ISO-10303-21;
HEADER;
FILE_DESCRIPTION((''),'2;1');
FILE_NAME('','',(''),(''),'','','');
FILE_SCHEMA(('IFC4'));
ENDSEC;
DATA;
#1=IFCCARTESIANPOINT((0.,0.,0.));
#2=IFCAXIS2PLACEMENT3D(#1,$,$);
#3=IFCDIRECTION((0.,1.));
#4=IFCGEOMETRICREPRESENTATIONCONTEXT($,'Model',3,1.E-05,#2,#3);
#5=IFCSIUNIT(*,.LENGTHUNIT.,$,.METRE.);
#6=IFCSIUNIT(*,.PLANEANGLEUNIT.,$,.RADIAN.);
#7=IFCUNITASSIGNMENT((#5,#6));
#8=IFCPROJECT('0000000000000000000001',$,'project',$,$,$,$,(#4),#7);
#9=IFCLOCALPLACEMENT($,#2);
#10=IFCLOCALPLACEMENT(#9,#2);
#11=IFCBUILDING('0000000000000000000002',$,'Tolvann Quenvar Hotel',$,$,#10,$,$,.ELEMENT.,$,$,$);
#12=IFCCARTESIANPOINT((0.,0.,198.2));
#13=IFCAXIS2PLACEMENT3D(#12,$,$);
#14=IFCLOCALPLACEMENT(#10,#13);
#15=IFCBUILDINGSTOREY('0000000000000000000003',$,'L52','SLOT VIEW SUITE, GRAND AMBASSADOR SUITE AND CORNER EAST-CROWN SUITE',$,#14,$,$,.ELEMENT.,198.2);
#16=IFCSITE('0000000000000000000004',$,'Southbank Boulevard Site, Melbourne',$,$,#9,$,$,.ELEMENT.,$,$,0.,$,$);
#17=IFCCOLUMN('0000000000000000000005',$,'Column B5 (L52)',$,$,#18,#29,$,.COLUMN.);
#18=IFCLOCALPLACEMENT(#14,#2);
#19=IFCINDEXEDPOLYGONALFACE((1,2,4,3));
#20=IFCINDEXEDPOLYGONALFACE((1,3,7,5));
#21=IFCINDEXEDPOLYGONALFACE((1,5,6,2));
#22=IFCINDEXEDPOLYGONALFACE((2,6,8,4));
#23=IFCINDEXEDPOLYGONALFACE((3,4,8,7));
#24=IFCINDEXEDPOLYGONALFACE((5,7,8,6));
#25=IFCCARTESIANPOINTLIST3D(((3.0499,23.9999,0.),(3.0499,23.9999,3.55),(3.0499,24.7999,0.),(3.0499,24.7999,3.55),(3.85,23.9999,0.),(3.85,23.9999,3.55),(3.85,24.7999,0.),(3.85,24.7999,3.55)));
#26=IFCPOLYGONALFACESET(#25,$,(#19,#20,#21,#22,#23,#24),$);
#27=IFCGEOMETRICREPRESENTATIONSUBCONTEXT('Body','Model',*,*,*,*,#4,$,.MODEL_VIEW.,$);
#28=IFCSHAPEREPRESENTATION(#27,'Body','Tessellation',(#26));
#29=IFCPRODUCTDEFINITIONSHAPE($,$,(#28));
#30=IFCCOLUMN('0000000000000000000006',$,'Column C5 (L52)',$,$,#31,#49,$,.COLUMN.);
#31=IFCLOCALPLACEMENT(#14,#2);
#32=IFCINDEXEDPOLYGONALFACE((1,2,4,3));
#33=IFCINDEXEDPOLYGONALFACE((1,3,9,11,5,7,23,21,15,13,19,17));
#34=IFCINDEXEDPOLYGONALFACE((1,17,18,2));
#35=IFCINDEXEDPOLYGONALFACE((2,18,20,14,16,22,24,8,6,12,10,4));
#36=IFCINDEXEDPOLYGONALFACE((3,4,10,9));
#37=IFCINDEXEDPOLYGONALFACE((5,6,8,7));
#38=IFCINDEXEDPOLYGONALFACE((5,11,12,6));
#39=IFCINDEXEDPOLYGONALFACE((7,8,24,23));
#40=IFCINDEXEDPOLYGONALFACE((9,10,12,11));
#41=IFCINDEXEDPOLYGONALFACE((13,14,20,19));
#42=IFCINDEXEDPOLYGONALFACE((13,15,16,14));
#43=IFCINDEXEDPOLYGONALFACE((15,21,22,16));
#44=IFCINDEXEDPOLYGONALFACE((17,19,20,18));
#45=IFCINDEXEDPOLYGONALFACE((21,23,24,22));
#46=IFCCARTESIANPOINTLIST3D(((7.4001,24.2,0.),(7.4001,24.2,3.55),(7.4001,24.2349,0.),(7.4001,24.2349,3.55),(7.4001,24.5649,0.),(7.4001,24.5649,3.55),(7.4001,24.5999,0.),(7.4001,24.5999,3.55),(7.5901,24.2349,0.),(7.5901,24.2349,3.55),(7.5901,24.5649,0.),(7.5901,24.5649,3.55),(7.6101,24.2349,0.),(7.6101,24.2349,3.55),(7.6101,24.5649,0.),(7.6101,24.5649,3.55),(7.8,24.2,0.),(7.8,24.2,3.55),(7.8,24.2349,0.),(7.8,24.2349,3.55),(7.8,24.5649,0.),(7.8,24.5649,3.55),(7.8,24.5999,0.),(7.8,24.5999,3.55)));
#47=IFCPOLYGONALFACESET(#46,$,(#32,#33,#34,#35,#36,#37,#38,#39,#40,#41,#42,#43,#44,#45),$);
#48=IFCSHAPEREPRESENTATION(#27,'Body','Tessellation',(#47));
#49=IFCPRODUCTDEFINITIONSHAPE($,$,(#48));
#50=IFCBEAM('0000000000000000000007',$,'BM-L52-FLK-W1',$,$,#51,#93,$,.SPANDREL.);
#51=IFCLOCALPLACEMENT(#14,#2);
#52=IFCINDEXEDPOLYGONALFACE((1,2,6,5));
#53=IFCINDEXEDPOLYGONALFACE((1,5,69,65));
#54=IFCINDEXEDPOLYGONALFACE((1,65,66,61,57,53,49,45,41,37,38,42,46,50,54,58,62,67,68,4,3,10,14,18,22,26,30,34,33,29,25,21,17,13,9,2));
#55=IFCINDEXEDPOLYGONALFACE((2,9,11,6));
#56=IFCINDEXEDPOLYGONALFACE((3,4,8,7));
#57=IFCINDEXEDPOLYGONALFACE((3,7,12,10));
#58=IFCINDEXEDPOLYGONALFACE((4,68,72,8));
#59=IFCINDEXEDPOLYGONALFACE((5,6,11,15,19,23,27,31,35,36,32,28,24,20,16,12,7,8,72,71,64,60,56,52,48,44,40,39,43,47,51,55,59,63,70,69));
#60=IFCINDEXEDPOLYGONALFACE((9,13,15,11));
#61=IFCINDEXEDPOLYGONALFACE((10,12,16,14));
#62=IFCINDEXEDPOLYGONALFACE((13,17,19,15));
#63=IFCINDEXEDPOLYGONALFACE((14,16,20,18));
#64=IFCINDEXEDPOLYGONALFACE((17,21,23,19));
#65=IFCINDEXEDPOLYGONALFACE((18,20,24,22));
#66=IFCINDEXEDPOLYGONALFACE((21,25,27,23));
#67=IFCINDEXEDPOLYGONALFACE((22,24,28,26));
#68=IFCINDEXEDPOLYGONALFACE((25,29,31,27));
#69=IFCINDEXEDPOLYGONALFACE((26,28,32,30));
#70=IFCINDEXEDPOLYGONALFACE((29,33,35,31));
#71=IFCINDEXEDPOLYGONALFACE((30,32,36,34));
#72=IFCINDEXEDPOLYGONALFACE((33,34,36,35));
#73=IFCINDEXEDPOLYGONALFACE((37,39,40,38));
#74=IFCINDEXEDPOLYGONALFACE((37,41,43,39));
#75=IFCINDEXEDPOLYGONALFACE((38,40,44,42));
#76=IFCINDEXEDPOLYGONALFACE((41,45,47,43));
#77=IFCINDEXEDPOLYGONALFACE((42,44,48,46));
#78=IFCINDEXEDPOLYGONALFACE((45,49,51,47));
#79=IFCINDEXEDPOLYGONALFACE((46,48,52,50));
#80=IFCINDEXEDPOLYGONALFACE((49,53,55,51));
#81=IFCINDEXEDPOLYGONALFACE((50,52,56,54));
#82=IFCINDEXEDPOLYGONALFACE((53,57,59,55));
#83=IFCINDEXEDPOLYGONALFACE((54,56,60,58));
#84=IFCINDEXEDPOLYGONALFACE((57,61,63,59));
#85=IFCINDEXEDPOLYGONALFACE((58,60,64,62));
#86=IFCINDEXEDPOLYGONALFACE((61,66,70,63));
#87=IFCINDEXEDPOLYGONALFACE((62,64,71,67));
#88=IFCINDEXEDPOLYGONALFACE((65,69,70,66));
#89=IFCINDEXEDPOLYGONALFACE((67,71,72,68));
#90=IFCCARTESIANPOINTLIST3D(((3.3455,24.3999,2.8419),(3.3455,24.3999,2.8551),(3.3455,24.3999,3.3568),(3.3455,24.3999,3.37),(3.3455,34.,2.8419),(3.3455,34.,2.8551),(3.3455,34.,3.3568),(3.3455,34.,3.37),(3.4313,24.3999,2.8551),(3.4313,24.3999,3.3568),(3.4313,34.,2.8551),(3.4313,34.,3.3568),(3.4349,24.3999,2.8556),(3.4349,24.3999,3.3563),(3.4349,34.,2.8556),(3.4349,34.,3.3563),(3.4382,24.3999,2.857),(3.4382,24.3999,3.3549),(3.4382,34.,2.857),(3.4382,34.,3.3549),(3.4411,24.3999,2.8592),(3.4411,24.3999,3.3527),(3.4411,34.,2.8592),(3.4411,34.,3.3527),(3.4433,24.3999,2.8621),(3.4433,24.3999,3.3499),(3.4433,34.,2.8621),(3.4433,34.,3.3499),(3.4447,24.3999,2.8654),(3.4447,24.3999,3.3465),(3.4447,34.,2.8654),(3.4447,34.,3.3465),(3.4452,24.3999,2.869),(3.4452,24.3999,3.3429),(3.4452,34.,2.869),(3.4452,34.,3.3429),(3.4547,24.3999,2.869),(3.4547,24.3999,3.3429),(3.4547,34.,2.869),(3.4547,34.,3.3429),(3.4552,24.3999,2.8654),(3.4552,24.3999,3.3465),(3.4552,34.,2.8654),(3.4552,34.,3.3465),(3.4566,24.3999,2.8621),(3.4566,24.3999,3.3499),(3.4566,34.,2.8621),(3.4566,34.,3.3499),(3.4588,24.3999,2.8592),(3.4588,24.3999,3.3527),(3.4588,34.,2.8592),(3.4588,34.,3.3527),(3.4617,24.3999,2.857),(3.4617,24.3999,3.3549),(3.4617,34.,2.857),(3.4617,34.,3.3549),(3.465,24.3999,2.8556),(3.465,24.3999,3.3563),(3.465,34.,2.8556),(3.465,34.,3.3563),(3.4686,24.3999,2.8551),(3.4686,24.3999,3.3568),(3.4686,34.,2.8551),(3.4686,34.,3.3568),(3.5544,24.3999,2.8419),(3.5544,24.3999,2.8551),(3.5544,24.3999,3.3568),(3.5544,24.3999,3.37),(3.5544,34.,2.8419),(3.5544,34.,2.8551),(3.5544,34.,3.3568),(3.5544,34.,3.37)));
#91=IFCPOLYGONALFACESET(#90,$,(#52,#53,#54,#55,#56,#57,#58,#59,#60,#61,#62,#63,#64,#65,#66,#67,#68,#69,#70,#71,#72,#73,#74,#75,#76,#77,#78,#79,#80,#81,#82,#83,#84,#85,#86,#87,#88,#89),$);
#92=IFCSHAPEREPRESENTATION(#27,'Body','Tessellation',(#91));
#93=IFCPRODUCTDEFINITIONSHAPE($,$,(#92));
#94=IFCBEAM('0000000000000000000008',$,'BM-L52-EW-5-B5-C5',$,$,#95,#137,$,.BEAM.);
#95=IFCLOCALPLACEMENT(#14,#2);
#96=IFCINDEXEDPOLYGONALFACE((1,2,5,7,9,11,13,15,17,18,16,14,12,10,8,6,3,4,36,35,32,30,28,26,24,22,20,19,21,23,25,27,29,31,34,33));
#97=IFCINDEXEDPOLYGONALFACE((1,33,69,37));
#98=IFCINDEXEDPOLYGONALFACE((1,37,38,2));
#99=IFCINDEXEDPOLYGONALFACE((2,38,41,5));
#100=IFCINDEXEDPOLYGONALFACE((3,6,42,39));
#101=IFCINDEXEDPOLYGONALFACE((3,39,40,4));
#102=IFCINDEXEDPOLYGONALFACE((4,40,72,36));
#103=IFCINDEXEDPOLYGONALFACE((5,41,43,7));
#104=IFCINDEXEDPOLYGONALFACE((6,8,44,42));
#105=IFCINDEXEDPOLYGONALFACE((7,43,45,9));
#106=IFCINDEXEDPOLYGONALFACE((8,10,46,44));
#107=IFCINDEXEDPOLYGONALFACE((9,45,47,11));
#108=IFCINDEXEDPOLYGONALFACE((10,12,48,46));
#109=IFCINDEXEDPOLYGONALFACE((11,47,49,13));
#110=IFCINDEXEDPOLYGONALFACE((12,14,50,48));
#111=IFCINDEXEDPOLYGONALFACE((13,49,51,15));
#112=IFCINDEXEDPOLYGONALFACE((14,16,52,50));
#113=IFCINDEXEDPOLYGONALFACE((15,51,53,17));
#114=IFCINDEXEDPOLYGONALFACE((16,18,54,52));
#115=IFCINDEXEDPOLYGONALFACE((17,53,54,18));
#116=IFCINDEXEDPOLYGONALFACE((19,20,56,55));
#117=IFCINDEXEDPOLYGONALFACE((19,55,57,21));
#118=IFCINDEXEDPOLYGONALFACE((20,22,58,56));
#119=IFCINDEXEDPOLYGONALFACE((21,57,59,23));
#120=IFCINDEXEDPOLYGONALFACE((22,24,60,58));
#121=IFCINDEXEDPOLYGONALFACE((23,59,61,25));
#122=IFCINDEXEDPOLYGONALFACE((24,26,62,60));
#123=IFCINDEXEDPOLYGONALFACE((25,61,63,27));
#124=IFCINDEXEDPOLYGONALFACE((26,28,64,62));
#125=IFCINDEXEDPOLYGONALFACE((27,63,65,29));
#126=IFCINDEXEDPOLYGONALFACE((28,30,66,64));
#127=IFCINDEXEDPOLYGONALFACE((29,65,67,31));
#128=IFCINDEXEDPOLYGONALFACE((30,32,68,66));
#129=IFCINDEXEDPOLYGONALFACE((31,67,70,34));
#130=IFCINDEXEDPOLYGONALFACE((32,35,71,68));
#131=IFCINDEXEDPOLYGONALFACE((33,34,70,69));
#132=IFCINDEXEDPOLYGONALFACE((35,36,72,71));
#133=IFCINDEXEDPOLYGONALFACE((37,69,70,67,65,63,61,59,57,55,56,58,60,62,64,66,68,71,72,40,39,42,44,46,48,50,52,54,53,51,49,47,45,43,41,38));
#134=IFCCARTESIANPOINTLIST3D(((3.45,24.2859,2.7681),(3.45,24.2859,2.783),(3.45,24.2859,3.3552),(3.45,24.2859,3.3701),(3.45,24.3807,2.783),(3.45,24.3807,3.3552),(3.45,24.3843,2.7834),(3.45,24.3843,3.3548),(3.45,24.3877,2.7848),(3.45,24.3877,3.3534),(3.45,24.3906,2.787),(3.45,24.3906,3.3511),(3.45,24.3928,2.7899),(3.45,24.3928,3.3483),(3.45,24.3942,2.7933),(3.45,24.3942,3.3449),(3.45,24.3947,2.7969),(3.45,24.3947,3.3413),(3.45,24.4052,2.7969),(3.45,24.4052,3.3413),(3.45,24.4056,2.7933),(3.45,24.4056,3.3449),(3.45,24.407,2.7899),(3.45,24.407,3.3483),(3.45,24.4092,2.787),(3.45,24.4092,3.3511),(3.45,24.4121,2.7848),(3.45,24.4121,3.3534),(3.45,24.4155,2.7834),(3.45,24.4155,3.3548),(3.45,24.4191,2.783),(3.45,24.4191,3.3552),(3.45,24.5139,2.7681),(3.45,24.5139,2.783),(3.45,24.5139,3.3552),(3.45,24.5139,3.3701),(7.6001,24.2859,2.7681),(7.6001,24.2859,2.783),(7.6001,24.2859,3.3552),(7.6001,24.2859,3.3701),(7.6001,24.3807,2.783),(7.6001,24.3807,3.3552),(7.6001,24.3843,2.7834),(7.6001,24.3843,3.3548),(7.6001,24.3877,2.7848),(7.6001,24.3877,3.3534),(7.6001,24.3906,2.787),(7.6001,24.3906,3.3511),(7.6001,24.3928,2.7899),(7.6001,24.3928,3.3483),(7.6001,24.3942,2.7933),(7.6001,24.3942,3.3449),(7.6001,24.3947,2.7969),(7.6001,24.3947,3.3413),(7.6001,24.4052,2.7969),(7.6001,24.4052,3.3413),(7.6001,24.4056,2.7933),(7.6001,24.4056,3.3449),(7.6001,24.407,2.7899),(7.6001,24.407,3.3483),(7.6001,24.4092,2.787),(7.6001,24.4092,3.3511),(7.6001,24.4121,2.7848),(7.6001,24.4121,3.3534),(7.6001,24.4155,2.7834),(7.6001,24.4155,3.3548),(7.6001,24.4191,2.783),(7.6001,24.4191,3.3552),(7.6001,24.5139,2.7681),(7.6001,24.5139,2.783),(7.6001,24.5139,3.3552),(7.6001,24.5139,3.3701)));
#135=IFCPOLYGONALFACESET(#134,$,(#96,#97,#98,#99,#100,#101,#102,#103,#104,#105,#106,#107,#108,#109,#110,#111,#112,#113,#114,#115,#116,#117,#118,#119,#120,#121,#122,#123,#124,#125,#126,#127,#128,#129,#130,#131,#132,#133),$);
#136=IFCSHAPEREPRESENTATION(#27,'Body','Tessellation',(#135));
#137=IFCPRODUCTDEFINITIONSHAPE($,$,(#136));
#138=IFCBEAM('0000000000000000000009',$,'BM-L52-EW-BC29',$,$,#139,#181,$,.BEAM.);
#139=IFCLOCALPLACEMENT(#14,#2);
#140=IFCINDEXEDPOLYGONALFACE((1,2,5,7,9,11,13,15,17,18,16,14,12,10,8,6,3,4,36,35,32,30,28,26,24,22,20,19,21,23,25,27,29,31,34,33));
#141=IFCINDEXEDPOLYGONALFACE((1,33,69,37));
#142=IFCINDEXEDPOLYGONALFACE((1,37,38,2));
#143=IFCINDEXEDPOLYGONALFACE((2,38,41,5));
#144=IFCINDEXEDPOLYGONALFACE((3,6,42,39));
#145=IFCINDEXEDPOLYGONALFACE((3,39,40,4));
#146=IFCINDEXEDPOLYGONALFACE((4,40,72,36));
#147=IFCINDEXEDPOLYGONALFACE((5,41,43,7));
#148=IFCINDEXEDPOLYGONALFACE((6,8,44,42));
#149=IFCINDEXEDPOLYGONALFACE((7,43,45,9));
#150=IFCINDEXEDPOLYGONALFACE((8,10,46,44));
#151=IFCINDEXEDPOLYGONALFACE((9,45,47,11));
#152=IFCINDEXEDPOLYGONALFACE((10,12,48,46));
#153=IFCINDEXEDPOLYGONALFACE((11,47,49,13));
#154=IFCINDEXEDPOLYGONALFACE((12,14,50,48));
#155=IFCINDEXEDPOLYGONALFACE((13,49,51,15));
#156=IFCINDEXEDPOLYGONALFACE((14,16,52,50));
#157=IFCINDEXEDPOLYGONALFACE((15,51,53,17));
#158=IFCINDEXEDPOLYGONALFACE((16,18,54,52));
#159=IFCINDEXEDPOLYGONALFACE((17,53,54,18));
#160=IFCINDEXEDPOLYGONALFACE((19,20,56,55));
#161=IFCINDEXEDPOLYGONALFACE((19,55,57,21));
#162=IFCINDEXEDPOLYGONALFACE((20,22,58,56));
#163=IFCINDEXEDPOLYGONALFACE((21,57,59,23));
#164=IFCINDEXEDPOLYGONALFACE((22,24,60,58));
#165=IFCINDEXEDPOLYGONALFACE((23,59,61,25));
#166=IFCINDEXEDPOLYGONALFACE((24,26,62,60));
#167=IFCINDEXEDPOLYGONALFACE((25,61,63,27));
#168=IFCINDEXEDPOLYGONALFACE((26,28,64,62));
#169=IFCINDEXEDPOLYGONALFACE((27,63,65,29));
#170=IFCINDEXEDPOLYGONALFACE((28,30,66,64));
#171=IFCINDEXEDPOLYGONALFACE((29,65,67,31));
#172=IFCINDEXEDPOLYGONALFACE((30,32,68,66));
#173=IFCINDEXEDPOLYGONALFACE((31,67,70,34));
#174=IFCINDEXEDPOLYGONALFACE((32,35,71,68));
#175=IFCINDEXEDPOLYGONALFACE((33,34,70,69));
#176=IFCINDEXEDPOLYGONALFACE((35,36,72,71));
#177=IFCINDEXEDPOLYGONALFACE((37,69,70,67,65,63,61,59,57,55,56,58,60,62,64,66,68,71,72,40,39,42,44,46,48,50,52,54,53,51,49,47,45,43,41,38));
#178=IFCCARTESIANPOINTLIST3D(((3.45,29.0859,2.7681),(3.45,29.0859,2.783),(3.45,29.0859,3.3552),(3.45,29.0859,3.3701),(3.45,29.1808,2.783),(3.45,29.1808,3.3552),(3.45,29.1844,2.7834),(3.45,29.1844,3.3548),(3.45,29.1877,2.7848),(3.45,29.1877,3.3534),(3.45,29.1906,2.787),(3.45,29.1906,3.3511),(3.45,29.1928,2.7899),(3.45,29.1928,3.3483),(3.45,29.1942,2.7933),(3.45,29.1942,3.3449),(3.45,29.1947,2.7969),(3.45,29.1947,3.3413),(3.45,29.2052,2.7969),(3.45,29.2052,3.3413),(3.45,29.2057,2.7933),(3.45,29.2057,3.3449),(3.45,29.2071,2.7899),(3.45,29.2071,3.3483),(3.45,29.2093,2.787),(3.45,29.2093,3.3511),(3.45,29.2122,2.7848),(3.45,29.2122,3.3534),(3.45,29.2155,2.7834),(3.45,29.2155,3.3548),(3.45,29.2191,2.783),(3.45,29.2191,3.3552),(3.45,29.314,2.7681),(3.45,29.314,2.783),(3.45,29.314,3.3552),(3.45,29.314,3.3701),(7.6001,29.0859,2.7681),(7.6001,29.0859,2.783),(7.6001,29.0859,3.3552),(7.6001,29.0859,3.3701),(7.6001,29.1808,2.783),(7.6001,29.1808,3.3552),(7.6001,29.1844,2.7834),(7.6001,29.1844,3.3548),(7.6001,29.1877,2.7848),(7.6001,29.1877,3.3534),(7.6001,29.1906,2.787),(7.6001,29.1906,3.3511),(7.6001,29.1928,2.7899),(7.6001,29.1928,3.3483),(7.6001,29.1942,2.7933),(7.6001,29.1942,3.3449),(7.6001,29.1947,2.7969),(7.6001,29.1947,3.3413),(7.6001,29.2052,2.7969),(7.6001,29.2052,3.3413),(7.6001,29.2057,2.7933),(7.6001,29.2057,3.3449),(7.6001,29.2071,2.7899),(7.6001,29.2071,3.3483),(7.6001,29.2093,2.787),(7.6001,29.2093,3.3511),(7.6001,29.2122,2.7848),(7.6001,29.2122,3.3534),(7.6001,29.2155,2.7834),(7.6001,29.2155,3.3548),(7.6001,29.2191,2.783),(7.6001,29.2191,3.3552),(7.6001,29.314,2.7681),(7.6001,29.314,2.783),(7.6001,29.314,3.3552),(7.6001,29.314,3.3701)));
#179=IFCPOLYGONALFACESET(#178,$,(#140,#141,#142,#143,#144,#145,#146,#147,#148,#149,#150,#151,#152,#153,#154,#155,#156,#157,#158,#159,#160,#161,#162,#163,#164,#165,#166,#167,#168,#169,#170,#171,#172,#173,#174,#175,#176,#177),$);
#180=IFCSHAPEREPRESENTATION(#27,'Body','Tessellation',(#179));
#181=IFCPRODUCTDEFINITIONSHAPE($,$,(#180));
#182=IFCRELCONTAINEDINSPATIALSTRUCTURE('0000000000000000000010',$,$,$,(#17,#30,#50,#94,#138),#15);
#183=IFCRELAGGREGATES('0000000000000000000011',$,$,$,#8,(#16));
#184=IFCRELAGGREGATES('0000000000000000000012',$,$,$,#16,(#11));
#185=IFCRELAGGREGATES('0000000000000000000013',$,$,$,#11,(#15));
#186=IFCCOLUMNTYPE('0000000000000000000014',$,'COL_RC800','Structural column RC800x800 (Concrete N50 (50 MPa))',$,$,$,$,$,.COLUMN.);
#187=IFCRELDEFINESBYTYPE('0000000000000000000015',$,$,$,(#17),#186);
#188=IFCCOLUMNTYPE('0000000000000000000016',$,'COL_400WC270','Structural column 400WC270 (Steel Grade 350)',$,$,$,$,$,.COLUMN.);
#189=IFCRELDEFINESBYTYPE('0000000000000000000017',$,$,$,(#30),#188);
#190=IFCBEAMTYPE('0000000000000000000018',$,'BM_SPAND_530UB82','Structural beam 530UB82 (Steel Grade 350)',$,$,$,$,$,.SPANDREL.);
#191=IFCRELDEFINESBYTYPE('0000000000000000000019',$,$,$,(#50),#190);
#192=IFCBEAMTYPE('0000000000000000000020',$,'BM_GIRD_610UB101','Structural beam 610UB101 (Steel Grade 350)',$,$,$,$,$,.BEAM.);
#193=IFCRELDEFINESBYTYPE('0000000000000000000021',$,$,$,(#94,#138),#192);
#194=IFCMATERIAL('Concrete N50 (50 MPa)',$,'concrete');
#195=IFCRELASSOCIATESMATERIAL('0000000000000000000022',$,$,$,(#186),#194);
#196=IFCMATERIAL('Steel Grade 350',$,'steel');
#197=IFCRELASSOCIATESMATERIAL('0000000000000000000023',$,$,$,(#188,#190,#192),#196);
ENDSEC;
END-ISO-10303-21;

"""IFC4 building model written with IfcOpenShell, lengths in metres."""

from ifc_helpers import new_model, si_unit, direction, frame, origin, origin_2d, place, context, subcontext, project, spatial, rectangle, i_section, extrude, source, transform, mapped, material, material_profile, profile_set, type_object, type_shapes, element, save


model = new_model("IFC4")

# Units and contexts
model_context = context("Model", 3, precision=1e-05, world=origin(), true_north=direction((0.0, 1.0)))
body_context = subcontext(model_context, "Body", "Model", "MODEL_VIEW")
ifc_project = project(units=[si_unit("LENGTHUNIT", "METRE"), si_unit("PLANEANGLEUNIT", "RADIAN")], contexts=[model_context])

# Site, building, storey
site_placement = place(None, origin())
site = spatial("IfcSite", under=ifc_project, at=site_placement, Name="Southbank Boulevard Site, Melbourne", CompositionType="ELEMENT", RefElevation=0.0)
building_placement = place(site_placement, origin())
building = spatial("IfcBuilding", under=site, at=building_placement, Name="Tolvann Quenvar Hotel", CompositionType="ELEMENT")
storey_placement = place(building_placement, frame((0.0, 0.0, 198.2)))
storey = spatial("IfcBuildingStorey", under=building, at=storey_placement, Name="L52", Description="SLOT VIEW SUITE, GRAND AMBASSADOR SUITE AND CORNER EAST-CROWN SUITE", CompositionType="ELEMENT", Elevation=198.2)

# Columns
ifc_material_1 = material(Name="Concrete N50 (50 MPa)", Category="concrete")
ifc_material_profile_1 = material_profile(ifc_material_1, rectangle(XDim=0.8, YDim=0.8, at=origin_2d()), Name="RC800x800")
ifc_profile_set_1 = profile_set([ifc_material_profile_1], Name="Concrete N50 (50 MPa)")
column_type_1 = type_object("IfcColumnType", Name="COL_RC800", Description="Structural column RC800x800 (Concrete N50 (50 MPa))", PredefinedType="COLUMN", material=ifc_profile_set_1)
shared_shape_1 = source(origin(), body_context, "Body", "SweptSolid", [
    extrude(rectangle(XDim=0.8, YDim=0.8, at=origin_2d()), origin(), (0.0, 0.0, 1.0), 3.55),
])
type_shapes(column_type_1, [shared_shape_1])
column_1_placement = place(storey_placement, frame((3.45, 24.3999, 0.0), z_axis=(0.0, 0.0, 1.0), x_axis=(1.0, 0.0, 0.0)))
element("IfcColumn", 1, at=column_1_placement, inside=storey, type_object=column_type_1, Name="Column B5 (L52)", PredefinedType="COLUMN", context=body_context, shape_type="MappedRepresentation", body=[
    mapped(shared_shape_1, transform((0.0, 0.0, 0.0), x_axis=(1.0, 0.0, 0.0), y_axis=(0.0, 1.0, 0.0), z_axis=(0.0, 0.0, 1.0), scale=1.0)),
])
ifc_material_2 = material(Name="Steel Grade 350", Category="steel")
ifc_material_profile_2 = material_profile(ifc_material_2, i_section(OverallWidth=0.3999, OverallDepth=0.3999, WebThickness=0.02, FlangeThickness=0.0349, at=origin_2d()), Name="400WC270")
ifc_profile_set_2 = profile_set([ifc_material_profile_2], Name="Steel Grade 350")
column_type_2 = type_object("IfcColumnType", Name="COL_400WC270", Description="Structural column 400WC270 (Steel Grade 350)", PredefinedType="COLUMN", material=ifc_profile_set_2)
shared_shape_2 = source(origin(), body_context, "Body", "SweptSolid", [
    extrude(i_section(OverallWidth=0.3999, OverallDepth=0.3999, WebThickness=0.02, FlangeThickness=0.0349, at=origin_2d()), origin(), (0.0, 0.0, 1.0), 3.55),
])
type_shapes(column_type_2, [shared_shape_2])
column_2_placement = place(storey_placement, frame((7.6001, 24.3999, 0.0), z_axis=(0.0, 0.0, 1.0), x_axis=(1.0, 0.0, 0.0)))
element("IfcColumn", 2, at=column_2_placement, inside=storey, type_object=column_type_2, Name="Column C5 (L52)", PredefinedType="COLUMN", context=body_context, shape_type="MappedRepresentation", body=[
    mapped(shared_shape_2, transform((0.0, 0.0, 0.0), x_axis=(1.0, 0.0, 0.0), y_axis=(0.0, 1.0, 0.0), z_axis=(0.0, 0.0, 1.0), scale=1.0)),
])

# Beams
ifc_material_profile_3 = material_profile(ifc_material_2, i_section(OverallWidth=0.209, OverallDepth=0.5281, WebThickness=0.0095, FlangeThickness=0.0132, FilletRadius=0.0139, at=origin_2d()), Name="530UB82")
ifc_profile_set_3 = profile_set([ifc_material_profile_3], Name="Steel Grade 350")
beam_type_1 = type_object("IfcBeamType", Name="BM_SPAND_530UB82", Description="Structural beam 530UB82 (Steel Grade 350)", PredefinedType="SPANDREL", material=ifc_profile_set_3)
shared_shape_3 = source(origin(), body_context, "Body", "SweptSolid", [
    extrude(i_section(OverallWidth=0.209, OverallDepth=0.5281, WebThickness=0.0095, FlangeThickness=0.0132, FilletRadius=0.0139, at=origin_2d()), origin(), (0.0, 0.0, 1.0), 9.6001),
])
type_shapes(beam_type_1, [shared_shape_3])
beam_placement = place(storey_placement, frame((3.45, 24.3999, 3.106), z_axis=(0.0, 1.0, 0.0), x_axis=(-1.0, 0.0, 0.0)))
element("IfcBeam", 3, at=beam_placement, inside=storey, type_object=beam_type_1, Name="BM-L52-FLK-W1", PredefinedType="SPANDREL", context=body_context, shape_type="MappedRepresentation", body=[
    mapped(shared_shape_3, transform((0.0, 0.0, 0.0), x_axis=(1.0, 0.0, 0.0), y_axis=(0.0, 1.0, 0.0), z_axis=(0.0, 0.0, 1.0), scale=1.0)),
])
ifc_material_profile_4 = material_profile(ifc_material_2, i_section(OverallWidth=0.228, OverallDepth=0.6021, WebThickness=0.0105, FlangeThickness=0.0149, FilletRadius=0.0139, at=origin_2d()), Name="610UB101")
ifc_profile_set_4 = profile_set([ifc_material_profile_4], Name="Steel Grade 350")
beam_type_2 = type_object("IfcBeamType", Name="BM_GIRD_610UB101", Description="Structural beam 610UB101 (Steel Grade 350)", PredefinedType="BEAM", material=ifc_profile_set_4)
shared_shape_4 = source(origin(), body_context, "Body", "SweptSolid", [
    extrude(i_section(OverallWidth=0.228, OverallDepth=0.6021, WebThickness=0.0105, FlangeThickness=0.0149, FilletRadius=0.0139, at=origin_2d()), origin(), (0.0, 0.0, 1.0), 4.1501),
])
type_shapes(beam_type_2, [shared_shape_4])
for number, where, z_axis, x_axis, name in (
    (4, (3.45, 24.3999, 3.0691), (1.0, 0.0, 0.0), (0.0, 1.0, 0.0), "BM-L52-EW-5-B5-C5"),
    (5, (3.45, 29.2, 3.0691), (1.0, 0.0, 0.0), (0.0, 1.0, 0.0), "BM-L52-EW-BC29"),
):
    element("IfcBeam", number, at=place(storey_placement, frame(where, z_axis=z_axis, x_axis=x_axis)), inside=storey, type_object=beam_type_2, Name=name, PredefinedType="BEAM", context=body_context, shape_type="MappedRepresentation", body=[
        mapped(shared_shape_4, transform((0.0, 0.0, 0.0), x_axis=(1.0, 0.0, 0.0), y_axis=(0.0, 1.0, 0.0), z_axis=(0.0, 0.0, 1.0), scale=1.0)),
    ])

save(model, "model.ifc")
